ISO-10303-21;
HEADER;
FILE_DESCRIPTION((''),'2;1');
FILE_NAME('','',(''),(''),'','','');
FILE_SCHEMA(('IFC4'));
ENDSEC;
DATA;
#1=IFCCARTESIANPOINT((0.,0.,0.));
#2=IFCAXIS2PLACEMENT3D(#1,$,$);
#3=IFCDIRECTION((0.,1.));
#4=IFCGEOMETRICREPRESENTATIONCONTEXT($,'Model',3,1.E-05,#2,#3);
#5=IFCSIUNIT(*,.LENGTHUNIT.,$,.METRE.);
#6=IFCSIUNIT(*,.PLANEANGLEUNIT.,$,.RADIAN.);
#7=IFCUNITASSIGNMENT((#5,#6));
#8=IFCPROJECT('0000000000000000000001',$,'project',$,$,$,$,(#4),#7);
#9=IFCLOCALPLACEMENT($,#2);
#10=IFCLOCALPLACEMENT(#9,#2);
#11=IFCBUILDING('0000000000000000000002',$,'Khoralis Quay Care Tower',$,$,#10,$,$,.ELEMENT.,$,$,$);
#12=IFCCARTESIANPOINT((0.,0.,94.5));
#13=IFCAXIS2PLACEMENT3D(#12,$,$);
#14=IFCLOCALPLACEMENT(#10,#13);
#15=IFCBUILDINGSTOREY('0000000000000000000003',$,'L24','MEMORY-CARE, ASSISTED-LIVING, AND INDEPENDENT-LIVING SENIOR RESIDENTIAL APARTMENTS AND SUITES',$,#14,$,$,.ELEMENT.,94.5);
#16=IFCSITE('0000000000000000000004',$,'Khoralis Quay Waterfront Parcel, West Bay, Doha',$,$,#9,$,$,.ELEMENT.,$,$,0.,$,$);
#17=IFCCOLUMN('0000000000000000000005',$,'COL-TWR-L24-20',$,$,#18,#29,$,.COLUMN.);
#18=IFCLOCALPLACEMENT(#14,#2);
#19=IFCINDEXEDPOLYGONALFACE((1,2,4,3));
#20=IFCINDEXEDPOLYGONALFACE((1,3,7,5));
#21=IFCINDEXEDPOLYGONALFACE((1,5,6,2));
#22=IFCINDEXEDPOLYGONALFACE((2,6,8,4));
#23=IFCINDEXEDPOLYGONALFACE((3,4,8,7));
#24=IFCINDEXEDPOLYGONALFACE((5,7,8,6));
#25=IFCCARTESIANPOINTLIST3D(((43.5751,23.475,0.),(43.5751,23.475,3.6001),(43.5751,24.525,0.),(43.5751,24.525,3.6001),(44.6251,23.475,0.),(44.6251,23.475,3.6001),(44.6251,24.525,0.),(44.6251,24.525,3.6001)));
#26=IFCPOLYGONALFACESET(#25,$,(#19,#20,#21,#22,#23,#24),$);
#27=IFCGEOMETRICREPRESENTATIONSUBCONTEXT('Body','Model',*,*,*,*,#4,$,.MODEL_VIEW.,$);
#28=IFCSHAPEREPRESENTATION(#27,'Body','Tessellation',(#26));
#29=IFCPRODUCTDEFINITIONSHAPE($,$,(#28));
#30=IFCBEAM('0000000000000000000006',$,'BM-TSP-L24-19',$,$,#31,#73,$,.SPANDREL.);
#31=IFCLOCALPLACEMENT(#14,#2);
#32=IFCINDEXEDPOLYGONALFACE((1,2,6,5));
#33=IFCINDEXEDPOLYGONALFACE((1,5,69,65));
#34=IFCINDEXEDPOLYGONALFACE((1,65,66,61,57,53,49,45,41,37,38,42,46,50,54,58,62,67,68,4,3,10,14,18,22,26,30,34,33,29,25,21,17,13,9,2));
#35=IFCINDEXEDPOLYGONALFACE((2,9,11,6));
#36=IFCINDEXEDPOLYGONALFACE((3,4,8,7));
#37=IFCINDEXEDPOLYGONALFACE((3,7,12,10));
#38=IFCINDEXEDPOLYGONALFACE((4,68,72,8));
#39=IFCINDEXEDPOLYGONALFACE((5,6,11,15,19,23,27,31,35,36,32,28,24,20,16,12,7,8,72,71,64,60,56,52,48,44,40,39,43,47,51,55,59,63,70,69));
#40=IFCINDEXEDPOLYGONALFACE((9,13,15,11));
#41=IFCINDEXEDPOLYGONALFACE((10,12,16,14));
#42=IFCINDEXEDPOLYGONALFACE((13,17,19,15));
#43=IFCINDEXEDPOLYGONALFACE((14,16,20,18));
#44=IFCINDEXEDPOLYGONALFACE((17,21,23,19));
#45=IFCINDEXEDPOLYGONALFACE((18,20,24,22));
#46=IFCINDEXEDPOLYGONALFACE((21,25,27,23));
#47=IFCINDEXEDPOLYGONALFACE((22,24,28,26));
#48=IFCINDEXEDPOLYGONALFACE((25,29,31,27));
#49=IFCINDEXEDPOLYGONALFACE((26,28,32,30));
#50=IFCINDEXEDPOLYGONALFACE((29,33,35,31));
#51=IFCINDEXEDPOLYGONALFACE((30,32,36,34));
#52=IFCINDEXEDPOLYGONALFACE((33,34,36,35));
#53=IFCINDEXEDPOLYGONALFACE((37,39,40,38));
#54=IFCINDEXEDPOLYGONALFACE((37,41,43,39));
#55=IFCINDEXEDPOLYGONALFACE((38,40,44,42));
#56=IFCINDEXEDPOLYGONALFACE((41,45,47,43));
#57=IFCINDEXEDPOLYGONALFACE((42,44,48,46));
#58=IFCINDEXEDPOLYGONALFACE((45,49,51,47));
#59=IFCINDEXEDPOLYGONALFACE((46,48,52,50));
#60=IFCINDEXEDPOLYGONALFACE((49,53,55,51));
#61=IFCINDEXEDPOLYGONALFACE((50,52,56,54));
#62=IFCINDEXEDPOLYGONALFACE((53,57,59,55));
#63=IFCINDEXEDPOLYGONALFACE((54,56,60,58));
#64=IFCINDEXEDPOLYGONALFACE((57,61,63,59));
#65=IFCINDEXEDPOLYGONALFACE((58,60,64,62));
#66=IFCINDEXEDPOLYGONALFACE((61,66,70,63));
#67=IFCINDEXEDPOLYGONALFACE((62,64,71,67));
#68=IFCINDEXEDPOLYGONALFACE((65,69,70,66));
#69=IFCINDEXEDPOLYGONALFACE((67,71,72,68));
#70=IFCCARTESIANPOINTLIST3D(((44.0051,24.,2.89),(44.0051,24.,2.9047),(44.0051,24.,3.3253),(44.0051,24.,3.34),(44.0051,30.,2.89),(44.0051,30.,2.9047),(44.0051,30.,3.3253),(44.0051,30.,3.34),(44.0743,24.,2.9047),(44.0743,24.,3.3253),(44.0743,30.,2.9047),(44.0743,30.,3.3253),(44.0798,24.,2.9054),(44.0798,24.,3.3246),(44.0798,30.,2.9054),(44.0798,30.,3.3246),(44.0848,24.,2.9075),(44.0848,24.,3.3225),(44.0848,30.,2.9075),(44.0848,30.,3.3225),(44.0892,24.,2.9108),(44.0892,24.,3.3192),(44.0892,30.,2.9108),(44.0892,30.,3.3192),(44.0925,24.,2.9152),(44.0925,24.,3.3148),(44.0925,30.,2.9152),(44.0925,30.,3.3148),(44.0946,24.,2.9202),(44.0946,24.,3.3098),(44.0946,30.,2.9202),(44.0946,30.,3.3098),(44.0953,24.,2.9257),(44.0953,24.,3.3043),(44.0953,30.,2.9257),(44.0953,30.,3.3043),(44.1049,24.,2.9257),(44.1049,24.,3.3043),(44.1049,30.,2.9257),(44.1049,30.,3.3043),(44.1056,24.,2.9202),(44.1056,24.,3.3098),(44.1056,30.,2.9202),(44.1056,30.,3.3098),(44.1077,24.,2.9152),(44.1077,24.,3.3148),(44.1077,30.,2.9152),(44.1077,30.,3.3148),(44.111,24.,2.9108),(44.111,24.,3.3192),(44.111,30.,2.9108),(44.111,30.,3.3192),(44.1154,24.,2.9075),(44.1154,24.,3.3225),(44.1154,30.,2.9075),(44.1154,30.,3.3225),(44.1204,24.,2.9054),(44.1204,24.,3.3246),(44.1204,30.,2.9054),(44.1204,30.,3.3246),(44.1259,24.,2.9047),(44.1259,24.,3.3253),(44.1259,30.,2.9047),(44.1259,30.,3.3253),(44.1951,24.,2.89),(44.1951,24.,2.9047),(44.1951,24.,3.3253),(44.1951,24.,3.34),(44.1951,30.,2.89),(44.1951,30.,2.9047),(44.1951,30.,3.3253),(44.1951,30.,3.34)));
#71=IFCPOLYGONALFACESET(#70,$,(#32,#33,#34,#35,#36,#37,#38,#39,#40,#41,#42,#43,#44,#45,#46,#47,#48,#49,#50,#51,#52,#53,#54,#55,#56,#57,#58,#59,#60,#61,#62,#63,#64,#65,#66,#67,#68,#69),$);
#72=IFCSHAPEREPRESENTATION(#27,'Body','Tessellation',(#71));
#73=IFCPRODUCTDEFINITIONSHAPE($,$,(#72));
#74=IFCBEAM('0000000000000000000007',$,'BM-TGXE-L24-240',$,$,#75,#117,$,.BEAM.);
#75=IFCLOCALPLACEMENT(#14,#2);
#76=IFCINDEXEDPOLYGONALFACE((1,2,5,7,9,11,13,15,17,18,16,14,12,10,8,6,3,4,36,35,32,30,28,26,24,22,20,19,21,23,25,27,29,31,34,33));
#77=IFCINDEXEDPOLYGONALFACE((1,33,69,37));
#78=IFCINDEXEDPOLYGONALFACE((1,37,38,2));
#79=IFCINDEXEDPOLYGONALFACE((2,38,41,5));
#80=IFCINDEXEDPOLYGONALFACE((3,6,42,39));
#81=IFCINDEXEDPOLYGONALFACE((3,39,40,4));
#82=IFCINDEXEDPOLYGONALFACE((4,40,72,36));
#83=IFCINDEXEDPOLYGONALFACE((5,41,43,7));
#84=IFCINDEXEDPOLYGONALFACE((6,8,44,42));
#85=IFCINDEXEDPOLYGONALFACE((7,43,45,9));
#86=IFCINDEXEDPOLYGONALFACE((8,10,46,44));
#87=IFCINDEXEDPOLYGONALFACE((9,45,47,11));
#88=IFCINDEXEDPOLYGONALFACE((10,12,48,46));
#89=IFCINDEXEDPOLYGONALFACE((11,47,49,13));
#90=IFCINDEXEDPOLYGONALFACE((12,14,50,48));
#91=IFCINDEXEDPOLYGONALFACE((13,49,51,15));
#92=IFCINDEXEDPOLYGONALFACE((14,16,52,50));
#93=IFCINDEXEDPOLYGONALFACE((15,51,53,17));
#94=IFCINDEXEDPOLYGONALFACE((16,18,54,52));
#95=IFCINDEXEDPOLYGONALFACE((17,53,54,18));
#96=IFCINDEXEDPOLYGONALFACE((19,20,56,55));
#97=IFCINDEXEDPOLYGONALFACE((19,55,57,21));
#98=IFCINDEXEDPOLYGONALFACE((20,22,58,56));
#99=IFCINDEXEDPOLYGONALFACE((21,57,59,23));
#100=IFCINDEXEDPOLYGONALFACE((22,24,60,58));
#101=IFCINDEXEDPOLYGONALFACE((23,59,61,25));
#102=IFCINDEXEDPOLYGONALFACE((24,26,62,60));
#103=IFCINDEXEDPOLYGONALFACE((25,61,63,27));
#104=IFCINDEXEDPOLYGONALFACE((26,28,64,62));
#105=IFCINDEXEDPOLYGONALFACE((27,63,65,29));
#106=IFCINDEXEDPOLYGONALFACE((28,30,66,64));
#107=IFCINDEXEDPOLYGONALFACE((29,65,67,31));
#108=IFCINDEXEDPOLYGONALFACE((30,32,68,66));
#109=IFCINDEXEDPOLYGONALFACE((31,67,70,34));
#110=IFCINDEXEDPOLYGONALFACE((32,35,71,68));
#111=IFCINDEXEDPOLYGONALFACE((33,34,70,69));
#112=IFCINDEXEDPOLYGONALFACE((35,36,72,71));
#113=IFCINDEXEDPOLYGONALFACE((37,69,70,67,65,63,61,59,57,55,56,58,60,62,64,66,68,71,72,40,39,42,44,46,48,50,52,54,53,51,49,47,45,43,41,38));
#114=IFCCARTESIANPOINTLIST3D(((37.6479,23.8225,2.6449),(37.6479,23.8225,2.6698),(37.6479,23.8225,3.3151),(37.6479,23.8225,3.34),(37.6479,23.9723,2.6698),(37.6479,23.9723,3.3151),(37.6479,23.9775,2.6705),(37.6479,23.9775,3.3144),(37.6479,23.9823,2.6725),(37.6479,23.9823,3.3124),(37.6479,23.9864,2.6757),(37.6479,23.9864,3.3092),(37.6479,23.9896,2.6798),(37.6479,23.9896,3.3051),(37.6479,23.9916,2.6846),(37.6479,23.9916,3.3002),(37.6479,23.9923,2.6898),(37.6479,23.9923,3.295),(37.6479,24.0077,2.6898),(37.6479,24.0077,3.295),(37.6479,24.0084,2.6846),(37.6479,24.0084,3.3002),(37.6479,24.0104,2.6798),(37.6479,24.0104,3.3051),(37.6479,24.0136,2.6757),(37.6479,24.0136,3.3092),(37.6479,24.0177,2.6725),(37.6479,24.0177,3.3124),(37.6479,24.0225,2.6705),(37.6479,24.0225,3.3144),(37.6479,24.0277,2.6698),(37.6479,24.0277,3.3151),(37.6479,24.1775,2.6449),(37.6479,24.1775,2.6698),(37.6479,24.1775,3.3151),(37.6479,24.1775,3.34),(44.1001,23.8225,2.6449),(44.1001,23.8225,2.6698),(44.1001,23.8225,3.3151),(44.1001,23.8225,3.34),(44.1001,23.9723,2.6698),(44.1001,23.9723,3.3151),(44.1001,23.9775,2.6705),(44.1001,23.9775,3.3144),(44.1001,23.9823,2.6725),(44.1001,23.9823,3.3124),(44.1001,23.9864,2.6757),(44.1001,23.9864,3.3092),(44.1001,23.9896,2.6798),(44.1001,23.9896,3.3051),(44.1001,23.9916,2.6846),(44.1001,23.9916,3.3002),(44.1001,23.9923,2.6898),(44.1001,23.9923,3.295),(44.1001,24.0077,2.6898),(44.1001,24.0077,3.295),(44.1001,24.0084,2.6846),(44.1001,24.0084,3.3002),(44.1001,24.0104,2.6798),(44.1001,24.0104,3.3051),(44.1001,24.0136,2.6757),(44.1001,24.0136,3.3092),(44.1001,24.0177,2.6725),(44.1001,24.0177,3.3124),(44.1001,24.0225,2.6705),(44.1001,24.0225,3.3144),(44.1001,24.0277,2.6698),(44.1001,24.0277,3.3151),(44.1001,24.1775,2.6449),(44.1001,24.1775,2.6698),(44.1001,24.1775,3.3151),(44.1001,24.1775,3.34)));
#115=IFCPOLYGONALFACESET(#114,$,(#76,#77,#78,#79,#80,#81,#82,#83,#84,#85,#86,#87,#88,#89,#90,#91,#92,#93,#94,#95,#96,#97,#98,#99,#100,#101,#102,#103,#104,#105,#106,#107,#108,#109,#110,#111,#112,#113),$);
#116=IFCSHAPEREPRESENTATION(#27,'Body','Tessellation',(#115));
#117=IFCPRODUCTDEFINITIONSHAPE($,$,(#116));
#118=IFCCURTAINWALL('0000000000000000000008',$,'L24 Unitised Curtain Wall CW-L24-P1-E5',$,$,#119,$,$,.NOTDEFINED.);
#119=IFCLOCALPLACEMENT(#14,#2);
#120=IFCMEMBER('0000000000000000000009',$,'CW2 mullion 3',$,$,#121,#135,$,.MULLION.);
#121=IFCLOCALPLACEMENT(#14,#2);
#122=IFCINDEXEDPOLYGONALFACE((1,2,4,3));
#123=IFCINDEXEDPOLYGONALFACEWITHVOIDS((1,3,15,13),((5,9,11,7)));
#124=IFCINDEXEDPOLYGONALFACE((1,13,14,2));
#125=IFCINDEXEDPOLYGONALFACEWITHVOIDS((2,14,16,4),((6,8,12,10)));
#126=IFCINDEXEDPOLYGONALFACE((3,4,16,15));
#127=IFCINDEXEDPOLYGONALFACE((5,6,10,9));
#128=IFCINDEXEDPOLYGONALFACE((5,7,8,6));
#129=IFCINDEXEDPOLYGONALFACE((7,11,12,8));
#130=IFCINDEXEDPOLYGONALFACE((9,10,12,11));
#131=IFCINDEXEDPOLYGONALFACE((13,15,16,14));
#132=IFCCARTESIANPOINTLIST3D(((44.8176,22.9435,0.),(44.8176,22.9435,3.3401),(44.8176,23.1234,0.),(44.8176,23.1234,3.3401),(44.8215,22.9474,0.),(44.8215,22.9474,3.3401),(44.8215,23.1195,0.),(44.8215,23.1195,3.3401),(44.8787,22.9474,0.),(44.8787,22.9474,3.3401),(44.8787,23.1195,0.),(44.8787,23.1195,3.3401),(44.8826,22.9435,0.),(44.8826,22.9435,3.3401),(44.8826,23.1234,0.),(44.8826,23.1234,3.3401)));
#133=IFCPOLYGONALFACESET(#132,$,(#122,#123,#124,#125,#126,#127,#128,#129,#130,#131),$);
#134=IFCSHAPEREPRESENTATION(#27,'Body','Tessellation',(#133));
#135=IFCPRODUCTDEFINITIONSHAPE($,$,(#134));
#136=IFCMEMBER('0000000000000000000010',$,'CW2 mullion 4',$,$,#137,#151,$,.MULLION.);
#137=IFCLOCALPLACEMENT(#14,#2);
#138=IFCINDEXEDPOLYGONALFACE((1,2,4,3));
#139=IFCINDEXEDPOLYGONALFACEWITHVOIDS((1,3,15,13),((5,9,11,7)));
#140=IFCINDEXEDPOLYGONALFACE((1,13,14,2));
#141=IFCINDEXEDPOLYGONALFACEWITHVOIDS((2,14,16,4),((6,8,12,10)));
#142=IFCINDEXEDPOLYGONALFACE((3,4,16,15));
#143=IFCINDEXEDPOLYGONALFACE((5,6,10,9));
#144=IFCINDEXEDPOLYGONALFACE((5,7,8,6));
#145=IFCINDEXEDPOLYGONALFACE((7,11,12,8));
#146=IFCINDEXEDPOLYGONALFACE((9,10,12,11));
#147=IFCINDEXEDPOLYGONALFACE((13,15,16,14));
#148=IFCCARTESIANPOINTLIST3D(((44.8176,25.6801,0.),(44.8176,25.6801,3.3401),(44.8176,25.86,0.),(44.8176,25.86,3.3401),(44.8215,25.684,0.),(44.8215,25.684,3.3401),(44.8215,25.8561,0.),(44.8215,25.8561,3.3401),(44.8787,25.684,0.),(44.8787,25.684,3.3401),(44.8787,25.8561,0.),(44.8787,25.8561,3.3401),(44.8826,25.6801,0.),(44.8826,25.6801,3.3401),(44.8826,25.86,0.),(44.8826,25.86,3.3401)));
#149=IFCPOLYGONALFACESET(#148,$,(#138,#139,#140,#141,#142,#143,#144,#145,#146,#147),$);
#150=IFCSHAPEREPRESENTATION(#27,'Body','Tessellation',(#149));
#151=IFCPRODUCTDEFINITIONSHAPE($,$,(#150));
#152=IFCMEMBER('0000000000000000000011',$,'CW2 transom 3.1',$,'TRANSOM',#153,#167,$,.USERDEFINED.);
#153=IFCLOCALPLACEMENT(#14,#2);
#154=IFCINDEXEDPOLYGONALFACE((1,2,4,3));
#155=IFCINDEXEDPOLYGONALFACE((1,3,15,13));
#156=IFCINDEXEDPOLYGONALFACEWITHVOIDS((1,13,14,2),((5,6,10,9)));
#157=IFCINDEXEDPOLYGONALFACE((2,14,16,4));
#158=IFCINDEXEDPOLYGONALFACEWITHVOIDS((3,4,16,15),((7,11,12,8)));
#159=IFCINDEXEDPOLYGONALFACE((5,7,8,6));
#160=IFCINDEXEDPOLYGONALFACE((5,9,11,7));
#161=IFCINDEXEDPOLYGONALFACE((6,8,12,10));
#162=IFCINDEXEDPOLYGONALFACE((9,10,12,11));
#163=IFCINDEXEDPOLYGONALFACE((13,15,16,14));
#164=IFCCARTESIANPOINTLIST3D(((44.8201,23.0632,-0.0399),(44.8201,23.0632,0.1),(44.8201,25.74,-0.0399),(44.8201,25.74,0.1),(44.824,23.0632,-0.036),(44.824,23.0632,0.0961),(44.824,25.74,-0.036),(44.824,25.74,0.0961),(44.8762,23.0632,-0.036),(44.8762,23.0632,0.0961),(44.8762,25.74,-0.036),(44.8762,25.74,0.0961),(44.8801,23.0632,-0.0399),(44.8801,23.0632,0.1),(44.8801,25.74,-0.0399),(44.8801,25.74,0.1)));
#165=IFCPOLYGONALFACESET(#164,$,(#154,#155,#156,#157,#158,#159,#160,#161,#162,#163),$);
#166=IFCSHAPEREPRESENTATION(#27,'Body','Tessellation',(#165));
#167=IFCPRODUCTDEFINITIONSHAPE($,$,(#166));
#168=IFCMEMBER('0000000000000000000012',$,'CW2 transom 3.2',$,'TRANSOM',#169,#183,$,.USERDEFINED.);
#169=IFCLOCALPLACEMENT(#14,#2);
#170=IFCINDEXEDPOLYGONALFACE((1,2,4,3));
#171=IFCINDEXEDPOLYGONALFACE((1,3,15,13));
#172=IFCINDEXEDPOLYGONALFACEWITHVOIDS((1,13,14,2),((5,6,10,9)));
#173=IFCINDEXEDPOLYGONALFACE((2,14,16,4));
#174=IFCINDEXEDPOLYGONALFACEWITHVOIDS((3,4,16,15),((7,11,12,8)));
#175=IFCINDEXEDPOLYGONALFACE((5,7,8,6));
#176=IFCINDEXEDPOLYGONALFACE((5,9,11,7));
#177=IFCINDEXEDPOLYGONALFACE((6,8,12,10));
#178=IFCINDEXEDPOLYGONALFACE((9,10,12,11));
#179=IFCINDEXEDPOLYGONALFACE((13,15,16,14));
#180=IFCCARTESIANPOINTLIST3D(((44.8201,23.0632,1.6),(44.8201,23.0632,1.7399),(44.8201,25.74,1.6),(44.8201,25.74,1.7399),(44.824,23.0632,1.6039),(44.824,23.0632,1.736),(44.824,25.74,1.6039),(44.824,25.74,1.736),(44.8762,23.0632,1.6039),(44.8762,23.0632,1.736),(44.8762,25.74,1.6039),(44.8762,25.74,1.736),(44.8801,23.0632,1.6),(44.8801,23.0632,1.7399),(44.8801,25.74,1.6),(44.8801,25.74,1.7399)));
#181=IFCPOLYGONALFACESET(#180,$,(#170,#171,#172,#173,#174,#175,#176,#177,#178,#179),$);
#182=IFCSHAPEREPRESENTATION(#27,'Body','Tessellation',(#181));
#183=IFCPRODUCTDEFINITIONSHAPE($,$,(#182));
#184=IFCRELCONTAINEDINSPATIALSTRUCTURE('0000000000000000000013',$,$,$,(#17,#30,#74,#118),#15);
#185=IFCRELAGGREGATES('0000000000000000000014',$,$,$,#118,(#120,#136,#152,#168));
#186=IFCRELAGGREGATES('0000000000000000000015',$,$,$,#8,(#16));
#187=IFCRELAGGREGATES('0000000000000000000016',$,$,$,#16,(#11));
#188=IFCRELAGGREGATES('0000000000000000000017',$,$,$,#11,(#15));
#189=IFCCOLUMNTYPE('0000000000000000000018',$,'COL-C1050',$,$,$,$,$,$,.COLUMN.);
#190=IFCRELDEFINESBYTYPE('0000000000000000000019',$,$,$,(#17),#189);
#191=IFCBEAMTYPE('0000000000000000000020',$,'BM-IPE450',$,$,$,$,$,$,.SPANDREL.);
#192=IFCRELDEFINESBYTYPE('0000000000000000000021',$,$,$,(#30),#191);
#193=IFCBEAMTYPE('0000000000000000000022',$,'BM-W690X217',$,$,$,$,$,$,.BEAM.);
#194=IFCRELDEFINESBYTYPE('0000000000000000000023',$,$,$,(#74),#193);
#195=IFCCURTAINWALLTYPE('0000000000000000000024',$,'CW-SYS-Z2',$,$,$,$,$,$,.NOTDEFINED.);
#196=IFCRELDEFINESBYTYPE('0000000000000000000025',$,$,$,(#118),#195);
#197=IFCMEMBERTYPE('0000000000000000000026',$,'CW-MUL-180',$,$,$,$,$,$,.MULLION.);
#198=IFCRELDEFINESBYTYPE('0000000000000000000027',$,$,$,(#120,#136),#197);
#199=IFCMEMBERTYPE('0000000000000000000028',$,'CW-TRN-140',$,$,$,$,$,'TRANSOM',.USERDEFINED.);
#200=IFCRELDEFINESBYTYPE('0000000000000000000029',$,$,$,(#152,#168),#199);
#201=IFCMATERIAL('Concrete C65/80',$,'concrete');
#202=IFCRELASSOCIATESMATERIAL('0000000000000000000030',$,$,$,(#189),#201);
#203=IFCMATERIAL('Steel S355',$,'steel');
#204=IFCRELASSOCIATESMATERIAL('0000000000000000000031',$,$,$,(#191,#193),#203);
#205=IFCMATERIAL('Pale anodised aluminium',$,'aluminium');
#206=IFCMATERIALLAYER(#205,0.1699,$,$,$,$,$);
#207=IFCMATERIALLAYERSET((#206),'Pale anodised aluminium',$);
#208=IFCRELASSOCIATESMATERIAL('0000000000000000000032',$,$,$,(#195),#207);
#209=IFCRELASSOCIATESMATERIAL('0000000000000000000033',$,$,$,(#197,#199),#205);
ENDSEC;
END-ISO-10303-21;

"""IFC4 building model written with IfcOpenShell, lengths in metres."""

from ifc_helpers import new_model, si_unit, direction, frame, origin, origin_2d, place, context, subcontext, project, spatial, rectangle, hollow_rectangle, i_section, extrude, source, transform, mapped, material, layer, layer_set, material_profile, profile_set, type_object, element, aggregate, save


model = new_model("IFC4")

# Units and contexts
model_context = context("Model", 3, precision=1e-05, world=origin(), true_north=direction((0.0, 1.0)))
body_context = subcontext(model_context, "Body", "Model", "MODEL_VIEW")
ifc_project = project(units=[si_unit("LENGTHUNIT", "METRE"), si_unit("PLANEANGLEUNIT", "RADIAN")], contexts=[model_context])

# Site, building, storey
site_placement = place(None, origin())
site = spatial("IfcSite", under=ifc_project, at=site_placement, Name="Khoralis Quay Waterfront Parcel, West Bay, Doha", CompositionType="ELEMENT", RefElevation=0.0)
building_placement = place(site_placement, origin())
building = spatial("IfcBuilding", under=site, at=building_placement, Name="Khoralis Quay Care Tower", CompositionType="ELEMENT")
storey_placement = place(building_placement, frame((0.0, 0.0, 94.5)))
storey = spatial("IfcBuildingStorey", under=building, at=storey_placement, Name="L24", Description="MEMORY-CARE, ASSISTED-LIVING, AND INDEPENDENT-LIVING SENIOR RESIDENTIAL APARTMENTS AND SUITES", CompositionType="ELEMENT", Elevation=94.5)

# Column
ifc_material_1 = material(Name="Concrete C65/80", Category="concrete")
ifc_material_profile_1 = material_profile(ifc_material_1, rectangle(XDim=1.05, YDim=1.05, at=origin_2d()), Name="Concrete C65/80")
ifc_profile_set_1 = profile_set([ifc_material_profile_1], Name="Concrete C65/80")
column_type = type_object("IfcColumnType", Name="COL-C1050", PredefinedType="COLUMN", material=ifc_profile_set_1)
shared_shape_1 = source(origin(), body_context, "Body", "SweptSolid", [
    extrude(rectangle(XDim=1.05, YDim=1.05, at=origin_2d()), origin(), (0.0, 0.0, 1.0), 3.6001),
])
column_placement = place(storey_placement, frame((44.1001, 24.0, 0.0), z_axis=(0.0, 0.0, 1.0), x_axis=(1.0, 0.0, 0.0)))
element("IfcColumn", 1, at=column_placement, inside=storey, type_object=column_type, Name="COL-TWR-L24-20", PredefinedType="COLUMN", context=body_context, shape_type="MappedRepresentation", body=[
    mapped(shared_shape_1, transform((0.0, 0.0, 0.0), scale=1.0)),
])

# Beams
ifc_material_2 = material(Name="Steel S355", Category="steel")
ifc_material_profile_2 = material_profile(ifc_material_2, i_section(OverallWidth=0.1899, OverallDepth=0.45, WebThickness=0.0095, FlangeThickness=0.0146, FilletRadius=0.021, at=origin_2d()), Name="Steel S355")
ifc_profile_set_2 = profile_set([ifc_material_profile_2], Name="Steel S355")
beam_type_1 = type_object("IfcBeamType", Name="BM-IPE450", PredefinedType="SPANDREL", material=ifc_profile_set_2)
shared_shape_2 = source(origin(), body_context, "Body", "SweptSolid", [
    extrude(i_section(OverallWidth=0.1899, OverallDepth=0.45, WebThickness=0.0095, FlangeThickness=0.0146, FilletRadius=0.021, at=origin_2d()), origin(), (0.0, 0.0, 1.0), 6.0),
])
beam_1_placement = place(storey_placement, frame((44.1001, 24.0, 3.115), z_axis=(0.0, 1.0, 0.0), x_axis=(-1.0, 0.0, 0.0)))
element("IfcBeam", 2, at=beam_1_placement, inside=storey, type_object=beam_type_1, Name="BM-TSP-L24-19", PredefinedType="SPANDREL", context=body_context, shape_type="MappedRepresentation", body=[
    mapped(shared_shape_2, transform((0.0, 0.0, 0.0), scale=1.0)),
])
ifc_material_profile_3 = material_profile(ifc_material_2, i_section(OverallWidth=0.355, OverallDepth=0.6951, WebThickness=0.0154, FlangeThickness=0.0249, FilletRadius=0.02, at=origin_2d()), Name="Steel S355")
ifc_profile_set_3 = profile_set([ifc_material_profile_3], Name="Steel S355")
beam_type_2 = type_object("IfcBeamType", Name="BM-W690X217", PredefinedType="BEAM", material=ifc_profile_set_3)
shared_shape_3 = source(origin(), body_context, "Body", "SweptSolid", [
    extrude(i_section(OverallWidth=0.355, OverallDepth=0.6951, WebThickness=0.0154, FlangeThickness=0.0249, FilletRadius=0.02, at=origin_2d()), origin(), (0.0, 0.0, 1.0), 6.4521),
])
beam_2_placement = place(storey_placement, frame((37.6479, 24.0, 2.9924), z_axis=(1.0, 0.0, 0.0), x_axis=(0.0, 1.0, 0.0)))
element("IfcBeam", 3, at=beam_2_placement, inside=storey, type_object=beam_type_2, Name="BM-TGXE-L24-240", PredefinedType="BEAM", context=body_context, shape_type="MappedRepresentation", body=[
    mapped(shared_shape_3, transform((0.0, 0.0, 0.0), scale=1.0)),
])

# Curtain wall, members
ifc_material_3 = material(Name="Pale anodised aluminium", Category="aluminium")
ifc_layer_1 = layer(ifc_material_3, 0.1699)
ifc_layer_set_1 = layer_set([ifc_layer_1], Name="Pale anodised aluminium")
curtain_wall_type = type_object("IfcCurtainWallType", Name="CW-SYS-Z2", PredefinedType="NOTDEFINED", material=ifc_layer_set_1)
curtain_wall_placement = place(storey_placement, origin())
curtain_wall = element("IfcCurtainWall", 4, at=curtain_wall_placement, inside=storey, type_object=curtain_wall_type, Name="L24 Unitised Curtain Wall CW-L24-P1-E5", PredefinedType="NOTDEFINED")
ifc_material_profile_4 = material_profile(ifc_material_3, hollow_rectangle(XDim=0.0649, YDim=0.1799, WallThickness=0.0039, at=origin_2d()), Name="Pale anodised aluminium")
ifc_profile_set_4 = profile_set([ifc_material_profile_4], Name="Pale anodised aluminium")
member_type_1 = type_object("IfcMemberType", Name="CW-MUL-180", PredefinedType="MULLION", material=ifc_profile_set_4)
shared_shape_4 = source(origin(), body_context, "Body", "SweptSolid", [
    extrude(hollow_rectangle(XDim=0.0649, YDim=0.1799, WallThickness=0.0039, at=origin_2d()), origin(), (0.0, 0.0, 1.0), 3.3401),
])
member_1_placement = place(storey_placement, frame((44.8501, 23.0334, 0.0), z_axis=(0.0, 0.0, 1.0), x_axis=(-1.0, 0.0, 0.0)))
member_1 = element("IfcMember", 5, at=member_1_placement, type_object=member_type_1, Name="CW2 mullion 3", PredefinedType="MULLION", context=body_context, shape_type="MappedRepresentation", body=[
    mapped(shared_shape_4, transform((0.0, 0.0, 0.0), scale=1.0)),
])
member_2_placement = place(storey_placement, frame((44.8501, 25.77, 0.0), z_axis=(0.0, 0.0, 1.0), x_axis=(-1.0, 0.0, 0.0)))
member_2 = element("IfcMember", 6, at=member_2_placement, type_object=member_type_1, Name="CW2 mullion 4", PredefinedType="MULLION", context=body_context, shape_type="MappedRepresentation", body=[
    mapped(shared_shape_4, transform((0.0, 0.0, 0.0), scale=1.0)),
])
ifc_material_profile_5 = material_profile(ifc_material_3, hollow_rectangle(XDim=0.0601, YDim=0.1399, WallThickness=0.0039, at=origin_2d()), Name="Pale anodised aluminium")
ifc_profile_set_5 = profile_set([ifc_material_profile_5], Name="Pale anodised aluminium")
member_type_2 = type_object("IfcMemberType", Name="CW-TRN-140", ElementType="TRANSOM", PredefinedType="USERDEFINED", material=ifc_profile_set_5)
shared_shape_5 = source(origin(), body_context, "Body", "SweptSolid", [
    extrude(hollow_rectangle(XDim=0.0601, YDim=0.1399, WallThickness=0.0039, at=origin_2d()), origin(), (0.0, 0.0, 1.0), 2.6768),
])
member_3_placement = place(storey_placement, frame((44.8501, 23.0632, 0.03), z_axis=(0.0, 1.0, 0.0), x_axis=(-1.0, 0.0, 0.0)))
member_3 = element("IfcMember", 7, at=member_3_placement, type_object=member_type_2, Name="CW2 transom 3.1", ObjectType="TRANSOM", PredefinedType="USERDEFINED", context=body_context, shape_type="MappedRepresentation", body=[
    mapped(shared_shape_5, transform((0.0, 0.0, 0.0), scale=1.0)),
])
member_4_placement = place(storey_placement, frame((44.8501, 23.0632, 1.6699), z_axis=(0.0, 1.0, 0.0), x_axis=(-1.0, 0.0, 0.0)))
member_4 = element("IfcMember", 8, at=member_4_placement, type_object=member_type_2, Name="CW2 transom 3.2", ObjectType="TRANSOM", PredefinedType="USERDEFINED", context=body_context, shape_type="MappedRepresentation", body=[
    mapped(shared_shape_5, transform((0.0, 0.0, 0.0), scale=1.0)),
])
aggregate(curtain_wall, [member_1, member_2, member_3, member_4])

save(model, "model.ifc")
